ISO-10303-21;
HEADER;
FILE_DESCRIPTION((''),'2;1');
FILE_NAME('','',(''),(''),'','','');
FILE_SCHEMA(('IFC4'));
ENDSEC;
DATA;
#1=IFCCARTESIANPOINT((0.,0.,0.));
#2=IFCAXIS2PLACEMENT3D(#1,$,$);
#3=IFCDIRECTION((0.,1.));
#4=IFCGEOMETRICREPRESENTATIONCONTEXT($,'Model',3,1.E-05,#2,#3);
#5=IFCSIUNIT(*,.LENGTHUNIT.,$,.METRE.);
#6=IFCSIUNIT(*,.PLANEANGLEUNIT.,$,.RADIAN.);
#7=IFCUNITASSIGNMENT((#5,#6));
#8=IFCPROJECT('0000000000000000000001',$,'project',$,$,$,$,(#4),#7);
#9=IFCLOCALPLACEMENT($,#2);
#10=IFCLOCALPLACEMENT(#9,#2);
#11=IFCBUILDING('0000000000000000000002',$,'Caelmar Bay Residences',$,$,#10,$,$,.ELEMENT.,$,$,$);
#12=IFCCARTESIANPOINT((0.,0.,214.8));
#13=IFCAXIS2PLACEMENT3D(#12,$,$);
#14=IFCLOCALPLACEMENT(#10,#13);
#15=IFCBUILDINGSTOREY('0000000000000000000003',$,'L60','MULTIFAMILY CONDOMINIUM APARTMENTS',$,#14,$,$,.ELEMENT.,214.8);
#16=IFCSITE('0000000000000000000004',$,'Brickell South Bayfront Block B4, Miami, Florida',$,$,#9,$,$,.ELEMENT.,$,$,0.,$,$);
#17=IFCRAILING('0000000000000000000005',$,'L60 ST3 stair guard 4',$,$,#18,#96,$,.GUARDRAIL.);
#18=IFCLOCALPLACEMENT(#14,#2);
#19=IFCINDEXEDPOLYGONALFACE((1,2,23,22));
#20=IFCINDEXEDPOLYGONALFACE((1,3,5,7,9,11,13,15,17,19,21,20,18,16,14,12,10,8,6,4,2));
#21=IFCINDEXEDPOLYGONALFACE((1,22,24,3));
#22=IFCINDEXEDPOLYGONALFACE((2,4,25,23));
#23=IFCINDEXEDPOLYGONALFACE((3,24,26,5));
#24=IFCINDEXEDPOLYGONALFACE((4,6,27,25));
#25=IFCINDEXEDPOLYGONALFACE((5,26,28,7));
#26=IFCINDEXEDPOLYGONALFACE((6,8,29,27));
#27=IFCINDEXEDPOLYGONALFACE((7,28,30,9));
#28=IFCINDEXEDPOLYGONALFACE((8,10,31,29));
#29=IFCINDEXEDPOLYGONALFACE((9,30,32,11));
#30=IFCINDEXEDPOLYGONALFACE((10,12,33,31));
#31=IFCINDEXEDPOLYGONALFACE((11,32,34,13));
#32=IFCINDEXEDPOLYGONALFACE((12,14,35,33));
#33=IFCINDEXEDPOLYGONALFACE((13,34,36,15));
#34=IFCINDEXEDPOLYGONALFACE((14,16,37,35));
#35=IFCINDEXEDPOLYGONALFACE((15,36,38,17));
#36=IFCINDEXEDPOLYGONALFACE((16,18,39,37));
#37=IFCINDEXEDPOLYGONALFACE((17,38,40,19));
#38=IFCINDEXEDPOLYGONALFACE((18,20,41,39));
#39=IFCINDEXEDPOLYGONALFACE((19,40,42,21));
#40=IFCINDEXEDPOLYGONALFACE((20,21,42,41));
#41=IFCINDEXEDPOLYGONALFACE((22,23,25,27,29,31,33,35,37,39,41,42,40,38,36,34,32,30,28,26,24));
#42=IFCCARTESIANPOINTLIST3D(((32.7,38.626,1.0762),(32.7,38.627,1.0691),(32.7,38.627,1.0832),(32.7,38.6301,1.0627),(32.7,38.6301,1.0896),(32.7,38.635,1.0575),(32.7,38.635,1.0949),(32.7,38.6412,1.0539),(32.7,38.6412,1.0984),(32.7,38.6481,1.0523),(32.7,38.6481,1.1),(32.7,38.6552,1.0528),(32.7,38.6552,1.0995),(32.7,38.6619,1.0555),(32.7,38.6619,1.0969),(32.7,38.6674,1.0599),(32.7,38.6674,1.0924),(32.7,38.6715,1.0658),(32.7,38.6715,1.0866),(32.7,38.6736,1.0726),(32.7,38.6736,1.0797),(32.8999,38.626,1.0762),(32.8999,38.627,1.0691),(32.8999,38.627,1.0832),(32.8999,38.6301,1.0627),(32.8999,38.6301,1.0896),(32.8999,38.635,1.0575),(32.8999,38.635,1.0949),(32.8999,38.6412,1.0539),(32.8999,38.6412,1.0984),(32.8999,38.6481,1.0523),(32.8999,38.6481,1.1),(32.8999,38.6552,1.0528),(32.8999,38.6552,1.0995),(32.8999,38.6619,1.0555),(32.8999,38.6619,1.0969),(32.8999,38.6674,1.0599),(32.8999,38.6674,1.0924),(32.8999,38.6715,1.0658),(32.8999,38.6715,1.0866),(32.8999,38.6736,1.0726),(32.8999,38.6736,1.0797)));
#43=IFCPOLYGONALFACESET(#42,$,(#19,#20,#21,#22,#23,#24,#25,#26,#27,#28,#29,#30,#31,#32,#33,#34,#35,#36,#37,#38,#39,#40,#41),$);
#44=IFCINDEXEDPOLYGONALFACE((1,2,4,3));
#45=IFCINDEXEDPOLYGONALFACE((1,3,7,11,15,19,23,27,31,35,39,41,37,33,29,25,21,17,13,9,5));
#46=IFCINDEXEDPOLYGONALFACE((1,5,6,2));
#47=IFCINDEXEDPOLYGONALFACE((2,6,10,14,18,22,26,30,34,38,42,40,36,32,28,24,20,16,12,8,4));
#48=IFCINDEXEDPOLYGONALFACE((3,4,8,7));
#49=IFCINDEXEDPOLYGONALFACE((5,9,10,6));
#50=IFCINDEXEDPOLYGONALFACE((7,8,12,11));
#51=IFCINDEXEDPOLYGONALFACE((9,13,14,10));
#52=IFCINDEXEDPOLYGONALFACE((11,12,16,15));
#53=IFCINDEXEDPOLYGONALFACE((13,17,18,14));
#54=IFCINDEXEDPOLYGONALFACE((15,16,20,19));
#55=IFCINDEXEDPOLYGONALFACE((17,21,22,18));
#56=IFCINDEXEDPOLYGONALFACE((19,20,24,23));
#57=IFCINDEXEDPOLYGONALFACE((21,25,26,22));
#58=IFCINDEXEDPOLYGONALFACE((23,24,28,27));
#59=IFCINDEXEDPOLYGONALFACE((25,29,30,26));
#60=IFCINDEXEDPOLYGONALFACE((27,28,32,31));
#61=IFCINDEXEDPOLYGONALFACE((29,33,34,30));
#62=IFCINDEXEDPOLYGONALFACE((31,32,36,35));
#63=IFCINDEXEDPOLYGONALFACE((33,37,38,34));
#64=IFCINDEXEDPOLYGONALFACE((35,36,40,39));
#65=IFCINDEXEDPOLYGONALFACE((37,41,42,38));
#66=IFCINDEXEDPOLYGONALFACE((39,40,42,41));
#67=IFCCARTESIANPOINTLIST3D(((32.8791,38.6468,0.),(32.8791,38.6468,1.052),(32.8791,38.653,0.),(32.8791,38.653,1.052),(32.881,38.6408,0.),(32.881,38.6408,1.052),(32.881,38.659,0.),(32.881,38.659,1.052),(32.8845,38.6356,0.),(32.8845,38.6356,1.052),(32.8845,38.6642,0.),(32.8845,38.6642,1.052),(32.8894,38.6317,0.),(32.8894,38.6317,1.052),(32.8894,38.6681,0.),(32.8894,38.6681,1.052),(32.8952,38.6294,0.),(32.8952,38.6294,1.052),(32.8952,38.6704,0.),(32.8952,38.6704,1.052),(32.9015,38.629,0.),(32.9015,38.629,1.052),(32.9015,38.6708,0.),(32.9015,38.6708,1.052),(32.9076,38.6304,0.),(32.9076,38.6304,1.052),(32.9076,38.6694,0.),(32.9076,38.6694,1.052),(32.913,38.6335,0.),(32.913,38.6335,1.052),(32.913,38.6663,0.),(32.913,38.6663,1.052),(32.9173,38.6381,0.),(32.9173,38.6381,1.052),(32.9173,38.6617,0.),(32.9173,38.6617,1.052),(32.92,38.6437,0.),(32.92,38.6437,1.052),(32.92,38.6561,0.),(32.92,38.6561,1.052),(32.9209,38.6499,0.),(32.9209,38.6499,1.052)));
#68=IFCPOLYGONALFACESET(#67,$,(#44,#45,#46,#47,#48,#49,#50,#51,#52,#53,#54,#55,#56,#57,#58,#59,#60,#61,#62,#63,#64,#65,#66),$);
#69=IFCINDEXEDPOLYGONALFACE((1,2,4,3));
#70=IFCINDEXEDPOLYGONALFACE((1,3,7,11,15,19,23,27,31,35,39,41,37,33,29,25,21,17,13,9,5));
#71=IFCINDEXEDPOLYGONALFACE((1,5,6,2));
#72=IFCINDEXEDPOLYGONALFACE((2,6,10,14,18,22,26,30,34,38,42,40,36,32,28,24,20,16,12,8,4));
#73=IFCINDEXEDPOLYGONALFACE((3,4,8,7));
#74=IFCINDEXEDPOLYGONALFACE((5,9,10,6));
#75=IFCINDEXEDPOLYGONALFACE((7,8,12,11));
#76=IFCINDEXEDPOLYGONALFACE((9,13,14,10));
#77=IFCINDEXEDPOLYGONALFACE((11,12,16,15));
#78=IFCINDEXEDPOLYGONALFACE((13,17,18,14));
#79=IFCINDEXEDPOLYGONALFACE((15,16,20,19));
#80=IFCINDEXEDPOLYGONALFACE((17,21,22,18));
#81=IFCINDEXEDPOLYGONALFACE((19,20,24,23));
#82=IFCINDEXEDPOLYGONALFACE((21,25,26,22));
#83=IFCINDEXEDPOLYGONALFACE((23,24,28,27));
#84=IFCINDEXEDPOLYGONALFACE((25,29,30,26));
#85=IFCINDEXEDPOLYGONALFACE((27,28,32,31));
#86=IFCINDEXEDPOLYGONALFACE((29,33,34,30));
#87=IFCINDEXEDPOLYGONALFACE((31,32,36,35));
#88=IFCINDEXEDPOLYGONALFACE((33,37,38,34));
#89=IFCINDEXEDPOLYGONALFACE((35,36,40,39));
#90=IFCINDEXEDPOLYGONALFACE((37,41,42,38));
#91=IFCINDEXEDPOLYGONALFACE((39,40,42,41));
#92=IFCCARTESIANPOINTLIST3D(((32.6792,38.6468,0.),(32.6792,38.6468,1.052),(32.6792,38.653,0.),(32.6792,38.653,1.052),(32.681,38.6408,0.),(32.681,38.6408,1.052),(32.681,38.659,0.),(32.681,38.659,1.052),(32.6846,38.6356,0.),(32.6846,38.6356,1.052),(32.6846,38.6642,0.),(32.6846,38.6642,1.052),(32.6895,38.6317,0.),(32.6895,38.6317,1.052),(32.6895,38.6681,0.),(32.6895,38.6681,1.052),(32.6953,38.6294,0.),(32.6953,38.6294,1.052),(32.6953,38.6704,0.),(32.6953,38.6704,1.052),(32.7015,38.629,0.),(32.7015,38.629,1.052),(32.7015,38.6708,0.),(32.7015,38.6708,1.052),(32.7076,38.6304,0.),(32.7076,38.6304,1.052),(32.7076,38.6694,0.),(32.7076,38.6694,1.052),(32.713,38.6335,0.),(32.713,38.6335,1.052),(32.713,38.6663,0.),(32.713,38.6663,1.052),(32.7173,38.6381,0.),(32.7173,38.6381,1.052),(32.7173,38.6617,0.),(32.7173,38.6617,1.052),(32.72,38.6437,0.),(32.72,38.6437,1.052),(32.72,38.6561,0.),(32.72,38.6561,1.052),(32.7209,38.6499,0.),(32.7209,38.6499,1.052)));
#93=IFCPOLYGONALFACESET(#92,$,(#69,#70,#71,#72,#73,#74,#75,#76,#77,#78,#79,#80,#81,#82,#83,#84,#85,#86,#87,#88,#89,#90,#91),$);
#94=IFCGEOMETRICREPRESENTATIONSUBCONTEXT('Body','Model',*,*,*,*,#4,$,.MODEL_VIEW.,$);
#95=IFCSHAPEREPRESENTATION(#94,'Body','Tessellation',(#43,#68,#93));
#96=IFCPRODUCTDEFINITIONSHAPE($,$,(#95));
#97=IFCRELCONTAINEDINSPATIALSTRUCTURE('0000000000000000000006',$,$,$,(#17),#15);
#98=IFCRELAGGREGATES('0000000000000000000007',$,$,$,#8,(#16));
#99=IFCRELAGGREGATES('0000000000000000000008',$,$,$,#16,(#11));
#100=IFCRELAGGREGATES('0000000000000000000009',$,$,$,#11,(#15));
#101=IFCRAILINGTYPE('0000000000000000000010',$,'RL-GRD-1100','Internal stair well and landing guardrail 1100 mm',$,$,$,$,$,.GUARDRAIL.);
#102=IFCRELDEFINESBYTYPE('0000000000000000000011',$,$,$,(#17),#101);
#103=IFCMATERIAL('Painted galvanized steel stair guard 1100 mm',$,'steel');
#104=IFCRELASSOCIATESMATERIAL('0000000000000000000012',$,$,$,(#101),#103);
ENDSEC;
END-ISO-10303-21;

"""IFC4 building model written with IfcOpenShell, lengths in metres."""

from ifc_helpers import new_model, si_unit, direction, frame, origin, origin_2d, place, context, subcontext, project, spatial, circle, extrude, material, type_object, element, save


model = new_model("IFC4")

# Units and contexts
model_context = context("Model", 3, precision=1e-05, world=origin(), true_north=direction((0.0, 1.0)))
body_context = subcontext(model_context, "Body", "Model", "MODEL_VIEW")
ifc_project = project(units=[si_unit("LENGTHUNIT", "METRE"), si_unit("PLANEANGLEUNIT", "RADIAN")], contexts=[model_context])

# Site, building, storey
site_placement = place(None, origin())
site = spatial("IfcSite", under=ifc_project, at=site_placement, Name="Brickell South Bayfront Block B4, Miami, Florida", CompositionType="ELEMENT", RefElevation=0.0)
building_placement = place(site_placement, origin())
building = spatial("IfcBuilding", under=site, at=building_placement, Name="Caelmar Bay Residences", CompositionType="ELEMENT")
storey_placement = place(building_placement, frame((0.0, 0.0, 214.8)))
storey = spatial("IfcBuildingStorey", under=building, at=storey_placement, Name="L60", Description="MULTIFAMILY CONDOMINIUM APARTMENTS", CompositionType="ELEMENT", Elevation=214.8)

# Railing
ifc_material_1 = material(Name="Painted galvanized steel stair guard 1100 mm", Category="steel")
railing_type_1 = type_object("IfcRailingType", Name="RL-GRD-1100", Description="Internal stair well and landing guardrail 1100 mm", PredefinedType="GUARDRAIL", material=ifc_material_1)
railing_1_placement = place(storey_placement, frame((32.8999, 38.6499, 0.0)))
element("IfcRailing", 1, at=railing_1_placement, inside=storey, type_object=railing_type_1, Name="L60 ST3 stair guard 4", PredefinedType="GUARDRAIL", context=body_context, shape_type="SweptSolid", body=[
    extrude(circle(Radius=0.0239, at=origin_2d()), frame((0.0, 0.0, 1.0762), z_axis=(-1.0, 0.0, 0.0), x_axis=(0.0, -1.0, 0.0)), (0.0, 0.0, 1.0), 0.2),
    extrude(circle(Radius=0.021, at=origin_2d()), origin(), (0.0, 0.0, 1.0), 1.052),
    extrude(circle(Radius=0.021, at=origin_2d()), frame((-0.2, 0.0, 0.0)), (0.0, 0.0, 1.0), 1.052),
])

save(model, "model.ifc")
